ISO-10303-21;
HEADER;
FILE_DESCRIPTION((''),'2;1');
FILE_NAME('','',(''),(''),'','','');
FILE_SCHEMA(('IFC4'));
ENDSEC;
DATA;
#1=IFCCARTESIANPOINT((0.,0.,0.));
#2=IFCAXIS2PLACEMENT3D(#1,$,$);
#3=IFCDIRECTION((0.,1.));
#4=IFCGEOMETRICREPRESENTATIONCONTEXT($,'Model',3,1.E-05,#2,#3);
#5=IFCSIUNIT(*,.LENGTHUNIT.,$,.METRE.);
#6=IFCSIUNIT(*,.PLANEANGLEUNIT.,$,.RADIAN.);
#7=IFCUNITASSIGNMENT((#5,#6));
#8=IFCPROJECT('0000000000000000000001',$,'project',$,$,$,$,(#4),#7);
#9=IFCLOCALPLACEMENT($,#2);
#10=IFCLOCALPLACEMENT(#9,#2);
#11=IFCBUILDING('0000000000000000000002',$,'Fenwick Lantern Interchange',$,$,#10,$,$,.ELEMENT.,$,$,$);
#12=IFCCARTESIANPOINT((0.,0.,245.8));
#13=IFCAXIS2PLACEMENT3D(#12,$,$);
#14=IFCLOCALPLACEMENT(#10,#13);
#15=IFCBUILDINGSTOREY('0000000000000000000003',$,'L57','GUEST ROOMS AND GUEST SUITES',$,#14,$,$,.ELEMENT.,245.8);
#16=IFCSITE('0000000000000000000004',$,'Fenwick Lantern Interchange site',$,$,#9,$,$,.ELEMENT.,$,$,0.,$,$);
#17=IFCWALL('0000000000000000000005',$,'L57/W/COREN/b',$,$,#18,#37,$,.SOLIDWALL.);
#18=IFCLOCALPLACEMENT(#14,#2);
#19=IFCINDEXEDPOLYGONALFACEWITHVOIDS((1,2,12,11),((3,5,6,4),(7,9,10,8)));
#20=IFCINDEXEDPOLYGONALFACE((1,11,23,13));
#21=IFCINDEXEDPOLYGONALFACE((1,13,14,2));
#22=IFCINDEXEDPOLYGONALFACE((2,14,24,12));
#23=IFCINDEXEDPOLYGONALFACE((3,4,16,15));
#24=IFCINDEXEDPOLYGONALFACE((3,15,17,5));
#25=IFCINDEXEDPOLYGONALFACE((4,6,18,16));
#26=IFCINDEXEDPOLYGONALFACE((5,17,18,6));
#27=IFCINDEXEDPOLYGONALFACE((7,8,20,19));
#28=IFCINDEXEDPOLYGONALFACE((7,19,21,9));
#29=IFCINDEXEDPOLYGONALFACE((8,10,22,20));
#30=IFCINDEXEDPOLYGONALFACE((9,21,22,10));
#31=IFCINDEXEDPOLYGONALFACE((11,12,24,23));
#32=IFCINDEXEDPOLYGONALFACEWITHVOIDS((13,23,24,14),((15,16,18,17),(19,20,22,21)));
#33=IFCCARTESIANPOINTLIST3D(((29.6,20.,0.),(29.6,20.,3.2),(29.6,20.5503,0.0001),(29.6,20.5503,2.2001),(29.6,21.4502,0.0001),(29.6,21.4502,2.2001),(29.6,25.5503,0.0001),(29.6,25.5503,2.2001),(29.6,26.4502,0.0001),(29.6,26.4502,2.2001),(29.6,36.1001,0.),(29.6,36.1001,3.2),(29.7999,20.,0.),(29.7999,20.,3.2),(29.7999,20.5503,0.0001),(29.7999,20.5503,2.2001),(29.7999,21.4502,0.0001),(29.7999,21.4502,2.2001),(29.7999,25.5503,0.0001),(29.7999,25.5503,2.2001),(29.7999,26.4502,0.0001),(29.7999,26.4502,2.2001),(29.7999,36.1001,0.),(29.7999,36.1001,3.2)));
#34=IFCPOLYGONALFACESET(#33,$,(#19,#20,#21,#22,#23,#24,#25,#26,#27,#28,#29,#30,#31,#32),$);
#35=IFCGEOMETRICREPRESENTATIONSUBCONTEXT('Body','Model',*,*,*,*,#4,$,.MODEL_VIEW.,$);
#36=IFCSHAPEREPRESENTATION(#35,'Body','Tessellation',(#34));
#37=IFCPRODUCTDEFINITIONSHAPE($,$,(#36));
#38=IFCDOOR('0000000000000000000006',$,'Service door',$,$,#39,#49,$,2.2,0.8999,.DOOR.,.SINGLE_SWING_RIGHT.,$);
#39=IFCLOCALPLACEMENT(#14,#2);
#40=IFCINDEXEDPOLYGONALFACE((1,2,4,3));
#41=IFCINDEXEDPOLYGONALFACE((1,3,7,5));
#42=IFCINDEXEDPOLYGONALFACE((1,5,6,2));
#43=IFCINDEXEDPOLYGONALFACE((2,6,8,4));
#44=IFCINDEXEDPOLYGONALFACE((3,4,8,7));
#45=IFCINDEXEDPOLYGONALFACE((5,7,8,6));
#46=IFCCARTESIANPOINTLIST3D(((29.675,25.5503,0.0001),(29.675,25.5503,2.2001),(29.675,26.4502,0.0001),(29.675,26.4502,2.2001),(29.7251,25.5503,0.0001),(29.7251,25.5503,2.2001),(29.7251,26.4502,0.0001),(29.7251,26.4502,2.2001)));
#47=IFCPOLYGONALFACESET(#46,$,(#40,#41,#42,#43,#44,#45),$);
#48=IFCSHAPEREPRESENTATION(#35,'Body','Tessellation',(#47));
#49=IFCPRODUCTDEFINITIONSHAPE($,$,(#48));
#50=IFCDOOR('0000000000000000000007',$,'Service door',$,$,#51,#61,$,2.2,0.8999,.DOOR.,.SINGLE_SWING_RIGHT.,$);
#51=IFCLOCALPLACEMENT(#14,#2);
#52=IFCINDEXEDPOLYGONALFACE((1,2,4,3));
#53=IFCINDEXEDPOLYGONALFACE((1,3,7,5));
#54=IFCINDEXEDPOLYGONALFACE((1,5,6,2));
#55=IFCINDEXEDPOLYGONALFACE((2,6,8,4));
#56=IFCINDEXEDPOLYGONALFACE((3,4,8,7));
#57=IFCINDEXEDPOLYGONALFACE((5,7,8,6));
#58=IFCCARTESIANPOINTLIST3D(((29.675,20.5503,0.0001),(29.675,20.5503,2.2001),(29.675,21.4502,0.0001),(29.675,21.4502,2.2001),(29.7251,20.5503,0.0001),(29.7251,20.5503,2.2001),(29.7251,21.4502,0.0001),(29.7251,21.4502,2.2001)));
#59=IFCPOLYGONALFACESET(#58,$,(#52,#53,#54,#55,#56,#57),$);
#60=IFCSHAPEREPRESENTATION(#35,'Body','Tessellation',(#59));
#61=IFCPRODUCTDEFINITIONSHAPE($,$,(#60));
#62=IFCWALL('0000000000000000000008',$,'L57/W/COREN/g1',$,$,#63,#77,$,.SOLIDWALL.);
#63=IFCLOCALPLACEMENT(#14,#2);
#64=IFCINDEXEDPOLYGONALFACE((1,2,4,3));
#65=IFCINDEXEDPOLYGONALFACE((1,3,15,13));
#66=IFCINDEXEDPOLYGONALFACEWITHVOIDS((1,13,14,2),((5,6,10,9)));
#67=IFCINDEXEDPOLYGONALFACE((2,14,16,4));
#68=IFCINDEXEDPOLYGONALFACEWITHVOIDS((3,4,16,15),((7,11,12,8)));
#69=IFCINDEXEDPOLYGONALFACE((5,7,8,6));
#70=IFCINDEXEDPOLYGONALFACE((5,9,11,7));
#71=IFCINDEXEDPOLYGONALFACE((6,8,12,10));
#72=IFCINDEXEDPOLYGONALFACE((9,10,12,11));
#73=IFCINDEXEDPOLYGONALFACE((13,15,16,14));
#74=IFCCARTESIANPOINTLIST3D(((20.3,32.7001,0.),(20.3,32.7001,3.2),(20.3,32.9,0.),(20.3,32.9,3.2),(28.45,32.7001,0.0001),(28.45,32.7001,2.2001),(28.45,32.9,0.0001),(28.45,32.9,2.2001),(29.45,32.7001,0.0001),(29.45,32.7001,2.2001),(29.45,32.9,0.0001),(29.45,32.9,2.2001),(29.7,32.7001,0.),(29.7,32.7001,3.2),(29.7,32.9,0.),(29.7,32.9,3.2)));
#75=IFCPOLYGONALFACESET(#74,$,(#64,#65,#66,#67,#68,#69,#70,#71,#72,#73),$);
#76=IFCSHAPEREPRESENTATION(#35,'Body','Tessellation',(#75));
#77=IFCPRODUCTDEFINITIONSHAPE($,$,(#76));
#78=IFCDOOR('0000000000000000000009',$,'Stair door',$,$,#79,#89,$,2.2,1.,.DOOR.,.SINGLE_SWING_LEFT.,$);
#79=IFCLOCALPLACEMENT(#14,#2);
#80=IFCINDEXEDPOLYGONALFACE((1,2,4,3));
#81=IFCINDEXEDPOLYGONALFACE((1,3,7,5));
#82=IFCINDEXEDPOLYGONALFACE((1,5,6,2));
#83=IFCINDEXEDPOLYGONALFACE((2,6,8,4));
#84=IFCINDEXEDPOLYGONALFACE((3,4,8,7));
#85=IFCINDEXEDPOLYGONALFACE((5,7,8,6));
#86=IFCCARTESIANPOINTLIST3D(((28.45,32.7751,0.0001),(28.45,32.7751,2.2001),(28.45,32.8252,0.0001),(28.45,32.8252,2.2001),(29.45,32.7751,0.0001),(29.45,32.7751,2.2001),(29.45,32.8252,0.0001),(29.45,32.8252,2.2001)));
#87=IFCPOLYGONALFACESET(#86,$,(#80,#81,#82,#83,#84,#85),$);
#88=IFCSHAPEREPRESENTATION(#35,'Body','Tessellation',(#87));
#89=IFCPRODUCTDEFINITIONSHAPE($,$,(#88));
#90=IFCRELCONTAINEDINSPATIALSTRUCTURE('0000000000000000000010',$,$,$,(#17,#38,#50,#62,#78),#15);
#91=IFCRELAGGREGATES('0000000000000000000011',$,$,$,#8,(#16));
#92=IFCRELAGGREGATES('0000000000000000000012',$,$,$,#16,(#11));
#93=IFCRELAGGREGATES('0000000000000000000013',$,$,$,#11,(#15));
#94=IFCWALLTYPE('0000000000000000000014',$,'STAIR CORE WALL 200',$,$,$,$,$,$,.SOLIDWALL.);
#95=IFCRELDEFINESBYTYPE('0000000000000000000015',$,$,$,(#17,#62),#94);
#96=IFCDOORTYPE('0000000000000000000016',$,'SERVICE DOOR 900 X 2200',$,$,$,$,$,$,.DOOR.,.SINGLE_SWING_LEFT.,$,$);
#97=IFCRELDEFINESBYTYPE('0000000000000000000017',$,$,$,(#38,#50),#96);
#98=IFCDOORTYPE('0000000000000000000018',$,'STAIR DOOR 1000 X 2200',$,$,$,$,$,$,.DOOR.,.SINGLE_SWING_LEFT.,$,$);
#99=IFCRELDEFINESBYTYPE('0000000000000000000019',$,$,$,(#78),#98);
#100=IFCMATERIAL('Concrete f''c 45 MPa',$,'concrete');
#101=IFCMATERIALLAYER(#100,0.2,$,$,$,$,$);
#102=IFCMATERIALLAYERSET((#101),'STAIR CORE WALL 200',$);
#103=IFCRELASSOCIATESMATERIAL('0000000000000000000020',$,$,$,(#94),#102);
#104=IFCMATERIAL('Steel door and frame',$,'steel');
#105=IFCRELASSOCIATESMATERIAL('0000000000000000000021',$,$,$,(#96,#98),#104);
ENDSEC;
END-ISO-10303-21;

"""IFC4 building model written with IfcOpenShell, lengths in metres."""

from ifc_helpers import new_model, si_unit, direction, frame, frame_2d, origin, place, context, subcontext, project, spatial, rectangle, extrude, material, layer, layer_set, type_object, element, fill, save


model = new_model("IFC4")

# Units and contexts
model_context = context("Model", 3, precision=1e-05, world=origin(), true_north=direction((0.0, 1.0)))
body_context = subcontext(model_context, "Body", "Model", "MODEL_VIEW")
ifc_project = project(units=[si_unit("LENGTHUNIT", "METRE"), si_unit("PLANEANGLEUNIT", "RADIAN")], contexts=[model_context])

# Site, building, storey
site_placement = place(None, origin())
site = spatial("IfcSite", under=ifc_project, at=site_placement, Name="Fenwick Lantern Interchange site", CompositionType="ELEMENT", RefElevation=0.0)
building_placement = place(site_placement, origin())
building = spatial("IfcBuilding", under=site, at=building_placement, Name="Fenwick Lantern Interchange", CompositionType="ELEMENT")
storey_placement = place(building_placement, frame((0.0, 0.0, 245.8)))
storey = spatial("IfcBuildingStorey", under=building, at=storey_placement, Name="L57", Description="GUEST ROOMS AND GUEST SUITES", CompositionType="ELEMENT", Elevation=245.8)

# Shared definitions
ifc_material_1 = material(Name="Steel door and frame", Category="steel")

# Wall, openings, doors
ifc_material_2 = material(Name="Concrete f'c 45 MPa", Category="concrete")
ifc_layer_1 = layer(ifc_material_2, 0.2)
ifc_layer_set_1 = layer_set([ifc_layer_1], Name="STAIR CORE WALL 200")
wall_type_1 = type_object("IfcWallType", Name="STAIR CORE WALL 200", PredefinedType="SOLIDWALL", material=ifc_layer_set_1)
wall_1_placement = place(storey_placement, frame((29.7, 36.1001, 0.0), z_axis=(0.0, 0.0, 1.0), x_axis=(0.0, -1.0, 0.0)))
wall_1 = element("IfcWall", 1, at=wall_1_placement, inside=storey, type_object=wall_type_1, Name="L57/W/COREN/b", PredefinedType="SOLIDWALL", context=body_context, shape_type="SweptSolid", body=[
    extrude(rectangle(XDim=16.1001, YDim=0.2, at=frame_2d((8.05, 0.0))), origin(), (0.0, 0.0, 1.0), 3.2),
])
opening_1_placement = place(wall_1_placement, frame((9.6499, 0.0, 0.0)))
opening_1 = element("IfcOpeningElement", 2, at=opening_1_placement, cuts=wall_1, PredefinedType="OPENING", context=body_context, shape_type="SweptSolid", body=[
    extrude(rectangle(XDim=0.8999, YDim=2.2, at=frame_2d((0.45, 1.1001))), frame((0.0, 0.1099, 0.0), z_axis=(0.0, -1.0, 0.0), x_axis=(1.0, 0.0, 0.0)), (0.0, 0.0, 1.0), 0.22),
])
opening_2_placement = place(wall_1_placement, frame((14.6499, 0.0, 0.0)))
opening_2 = element("IfcOpeningElement", 3, at=opening_2_placement, cuts=wall_1, PredefinedType="OPENING", context=body_context, shape_type="SweptSolid", body=[
    extrude(rectangle(XDim=0.8999, YDim=2.2, at=frame_2d((0.45, 1.1001))), frame((0.0, 0.1099, 0.0), z_axis=(0.0, -1.0, 0.0), x_axis=(1.0, 0.0, 0.0)), (0.0, 0.0, 1.0), 0.22),
])
door_type_1 = type_object("IfcDoorType", Name="SERVICE DOOR 900 X 2200", OperationType="SINGLE_SWING_LEFT", PredefinedType="DOOR", material=ifc_material_1)
door_1_placement = place(opening_1_placement, frame((0.8999, 0.0, 0.0), z_axis=(0.0, 0.0, 1.0), x_axis=(-1.0, 0.0, 0.0)))
door_1 = element("IfcDoor", 4, at=door_1_placement, inside=storey, type_object=door_type_1, Name="Service door", OperationType="SINGLE_SWING_RIGHT", OverallHeight=2.2, OverallWidth=0.8999, PredefinedType="DOOR", context=body_context, shape_type="SweptSolid", body=[
    extrude(rectangle(XDim=0.8999, YDim=2.2, at=frame_2d((0.45, 1.1001))), frame((0.0, 0.0249, 0.0), z_axis=(0.0, -1.0, 0.0), x_axis=(1.0, 0.0, 0.0)), (0.0, 0.0, 1.0), 0.05),
])
fill(opening_1, door_1)
door_2_placement = place(opening_2_placement, frame((0.8999, 0.0, 0.0), z_axis=(0.0, 0.0, 1.0), x_axis=(-1.0, 0.0, 0.0)))
door_2 = element("IfcDoor", 5, at=door_2_placement, inside=storey, type_object=door_type_1, Name="Service door", OperationType="SINGLE_SWING_RIGHT", OverallHeight=2.2, OverallWidth=0.8999, PredefinedType="DOOR", context=body_context, shape_type="SweptSolid", body=[
    extrude(rectangle(XDim=0.8999, YDim=2.2, at=frame_2d((0.45, 1.1001))), frame((0.0, 0.0249, 0.0), z_axis=(0.0, -1.0, 0.0), x_axis=(1.0, 0.0, 0.0)), (0.0, 0.0, 1.0), 0.05),
])
fill(opening_2, door_2)

# Wall, opening, door
wall_2_placement = place(storey_placement, frame((29.7, 32.8, 0.0), z_axis=(0.0, 0.0, 1.0), x_axis=(-1.0, 0.0, 0.0)))
wall_2 = element("IfcWall", 6, at=wall_2_placement, inside=storey, type_object=wall_type_1, Name="L57/W/COREN/g1", PredefinedType="SOLIDWALL", context=body_context, shape_type="SweptSolid", body=[
    extrude(rectangle(XDim=9.3999, YDim=0.2, at=frame_2d((4.7, 0.0))), origin(), (0.0, 0.0, 1.0), 3.2),
])
opening_3_placement = place(wall_2_placement, frame((0.25, 0.0, 0.0)))
opening_3 = element("IfcOpeningElement", 7, at=opening_3_placement, cuts=wall_2, PredefinedType="OPENING", context=body_context, shape_type="SweptSolid", body=[
    extrude(rectangle(XDim=1.0, YDim=2.2, at=frame_2d((0.5, 1.1001))), frame((0.0, 0.1099, 0.0), z_axis=(0.0, -1.0, 0.0), x_axis=(1.0, 0.0, 0.0)), (0.0, 0.0, 1.0), 0.22),
])
door_type_2 = type_object("IfcDoorType", Name="STAIR DOOR 1000 X 2200", OperationType="SINGLE_SWING_LEFT", PredefinedType="DOOR", material=ifc_material_1)
door_3_placement = place(opening_3_placement, origin())
door_3 = element("IfcDoor", 8, at=door_3_placement, inside=storey, type_object=door_type_2, Name="Stair door", OperationType="SINGLE_SWING_LEFT", OverallHeight=2.2, OverallWidth=1.0, PredefinedType="DOOR", context=body_context, shape_type="SweptSolid", body=[
    extrude(rectangle(XDim=1.0, YDim=2.2, at=frame_2d((0.5, 1.1001))), frame((0.0, 0.0249, 0.0), z_axis=(0.0, -1.0, 0.0), x_axis=(1.0, 0.0, 0.0)), (0.0, 0.0, 1.0), 0.05),
])
fill(opening_3, door_3)

save(model, "model.ifc")
